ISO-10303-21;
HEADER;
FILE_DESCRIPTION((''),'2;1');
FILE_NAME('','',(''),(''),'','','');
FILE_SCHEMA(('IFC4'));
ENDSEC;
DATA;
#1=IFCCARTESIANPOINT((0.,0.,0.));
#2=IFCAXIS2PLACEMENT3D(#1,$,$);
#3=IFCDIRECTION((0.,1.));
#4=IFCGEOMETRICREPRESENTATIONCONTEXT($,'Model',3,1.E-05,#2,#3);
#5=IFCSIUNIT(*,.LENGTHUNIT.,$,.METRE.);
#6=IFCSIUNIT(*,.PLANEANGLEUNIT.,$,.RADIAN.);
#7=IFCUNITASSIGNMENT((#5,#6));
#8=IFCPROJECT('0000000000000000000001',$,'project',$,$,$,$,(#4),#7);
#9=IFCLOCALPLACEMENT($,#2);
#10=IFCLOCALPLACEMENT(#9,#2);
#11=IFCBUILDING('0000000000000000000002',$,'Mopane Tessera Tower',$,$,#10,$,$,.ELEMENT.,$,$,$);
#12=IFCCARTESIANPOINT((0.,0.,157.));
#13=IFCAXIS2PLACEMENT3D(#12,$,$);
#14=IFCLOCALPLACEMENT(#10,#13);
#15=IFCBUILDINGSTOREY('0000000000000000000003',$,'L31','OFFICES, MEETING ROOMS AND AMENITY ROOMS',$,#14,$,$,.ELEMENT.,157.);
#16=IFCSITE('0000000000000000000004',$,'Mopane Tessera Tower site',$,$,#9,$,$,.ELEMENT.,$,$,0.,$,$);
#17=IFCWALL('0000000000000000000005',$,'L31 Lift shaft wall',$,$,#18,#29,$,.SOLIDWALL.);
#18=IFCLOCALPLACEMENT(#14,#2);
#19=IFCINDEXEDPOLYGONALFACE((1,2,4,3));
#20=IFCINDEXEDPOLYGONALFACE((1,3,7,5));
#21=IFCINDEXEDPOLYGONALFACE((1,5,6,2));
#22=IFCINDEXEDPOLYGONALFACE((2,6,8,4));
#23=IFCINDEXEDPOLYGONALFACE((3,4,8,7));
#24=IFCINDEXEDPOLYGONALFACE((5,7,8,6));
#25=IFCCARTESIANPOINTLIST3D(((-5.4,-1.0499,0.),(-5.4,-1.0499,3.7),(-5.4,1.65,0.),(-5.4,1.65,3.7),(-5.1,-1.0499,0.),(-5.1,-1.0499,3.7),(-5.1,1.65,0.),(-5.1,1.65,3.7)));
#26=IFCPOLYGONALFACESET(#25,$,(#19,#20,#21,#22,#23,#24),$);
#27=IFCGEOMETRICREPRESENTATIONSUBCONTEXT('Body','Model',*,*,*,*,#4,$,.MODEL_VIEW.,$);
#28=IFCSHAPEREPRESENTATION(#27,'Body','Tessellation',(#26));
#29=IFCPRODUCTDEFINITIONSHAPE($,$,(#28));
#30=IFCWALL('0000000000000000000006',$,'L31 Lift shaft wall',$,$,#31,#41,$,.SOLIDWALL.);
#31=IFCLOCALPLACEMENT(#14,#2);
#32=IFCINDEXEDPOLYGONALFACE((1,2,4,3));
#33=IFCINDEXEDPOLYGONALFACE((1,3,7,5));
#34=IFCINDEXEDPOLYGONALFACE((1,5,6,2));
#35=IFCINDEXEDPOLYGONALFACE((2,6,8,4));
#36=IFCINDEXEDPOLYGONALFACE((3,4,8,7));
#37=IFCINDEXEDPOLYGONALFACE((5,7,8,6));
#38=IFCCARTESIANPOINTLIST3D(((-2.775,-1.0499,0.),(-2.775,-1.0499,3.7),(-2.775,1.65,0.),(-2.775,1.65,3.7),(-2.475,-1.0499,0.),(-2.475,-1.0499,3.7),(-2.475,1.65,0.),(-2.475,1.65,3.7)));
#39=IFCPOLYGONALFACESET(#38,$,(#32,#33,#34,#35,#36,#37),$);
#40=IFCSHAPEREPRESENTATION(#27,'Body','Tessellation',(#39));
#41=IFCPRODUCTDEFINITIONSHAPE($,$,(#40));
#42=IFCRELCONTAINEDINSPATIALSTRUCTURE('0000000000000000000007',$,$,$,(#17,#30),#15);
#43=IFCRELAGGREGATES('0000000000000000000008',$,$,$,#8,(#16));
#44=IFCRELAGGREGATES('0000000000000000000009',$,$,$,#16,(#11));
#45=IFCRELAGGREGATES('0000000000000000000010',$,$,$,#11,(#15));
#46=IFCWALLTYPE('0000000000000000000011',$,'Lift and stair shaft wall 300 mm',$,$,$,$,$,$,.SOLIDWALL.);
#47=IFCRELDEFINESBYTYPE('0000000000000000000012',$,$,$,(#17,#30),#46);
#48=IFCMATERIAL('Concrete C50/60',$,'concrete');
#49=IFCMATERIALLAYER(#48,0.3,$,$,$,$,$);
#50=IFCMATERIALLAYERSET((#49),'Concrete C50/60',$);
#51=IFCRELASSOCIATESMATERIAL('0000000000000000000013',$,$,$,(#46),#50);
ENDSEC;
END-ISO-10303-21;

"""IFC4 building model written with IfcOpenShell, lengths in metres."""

from ifc_helpers import new_model, si_unit, direction, frame, frame_2d, origin, place, context, subcontext, project, spatial, rectangle, extrude, material, layer, layer_set, type_object, element, save


model = new_model("IFC4")

# Units and contexts
model_context = context("Model", 3, precision=1e-05, world=origin(), true_north=direction((0.0, 1.0)))
body_context = subcontext(model_context, "Body", "Model", "MODEL_VIEW")
ifc_project = project(units=[si_unit("LENGTHUNIT", "METRE"), si_unit("PLANEANGLEUNIT", "RADIAN")], contexts=[model_context])

# Site, building, storey
site_placement = place(None, origin())
site = spatial("IfcSite", under=ifc_project, at=site_placement, Name="Mopane Tessera Tower site", CompositionType="ELEMENT", RefElevation=0.0)
building_placement = place(site_placement, origin())
building = spatial("IfcBuilding", under=site, at=building_placement, Name="Mopane Tessera Tower", CompositionType="ELEMENT")
storey_placement = place(building_placement, frame((0.0, 0.0, 157.0)))
storey = spatial("IfcBuildingStorey", under=building, at=storey_placement, Name="L31", Description="OFFICES, MEETING ROOMS AND AMENITY ROOMS", CompositionType="ELEMENT", Elevation=157.0)

# Walls
ifc_material_1 = material(Name="Concrete C50/60", Category="concrete")
ifc_layer_1 = layer(ifc_material_1, 0.3)
ifc_layer_set_1 = layer_set([ifc_layer_1], Name="Concrete C50/60")
wall_type_1 = type_object("IfcWallType", Name="Lift and stair shaft wall 300 mm", PredefinedType="SOLIDWALL", material=ifc_layer_set_1)
for number, where, z_axis, x_axis, name in (
    (1, (-5.25, -1.05, 0.0), (0.0, 0.0, 1.0), (0.0, 1.0, 0.0), "L31 Lift shaft wall"),
    (2, (-2.625, -1.05, 0.0), (0.0, 0.0, 1.0), (0.0, 1.0, 0.0), "L31 Lift shaft wall"),
):
    element("IfcWall", number, at=place(storey_placement, frame(where, z_axis=z_axis, x_axis=x_axis)), inside=storey, type_object=wall_type_1, Name=name, PredefinedType="SOLIDWALL", context=body_context, shape_type="SweptSolid", body=[
        extrude(rectangle(XDim=2.7, YDim=0.3, at=frame_2d((1.3501, 0.0))), origin(), (0.0, 0.0, 1.0), 3.7),
    ])

save(model, "model.ifc")
